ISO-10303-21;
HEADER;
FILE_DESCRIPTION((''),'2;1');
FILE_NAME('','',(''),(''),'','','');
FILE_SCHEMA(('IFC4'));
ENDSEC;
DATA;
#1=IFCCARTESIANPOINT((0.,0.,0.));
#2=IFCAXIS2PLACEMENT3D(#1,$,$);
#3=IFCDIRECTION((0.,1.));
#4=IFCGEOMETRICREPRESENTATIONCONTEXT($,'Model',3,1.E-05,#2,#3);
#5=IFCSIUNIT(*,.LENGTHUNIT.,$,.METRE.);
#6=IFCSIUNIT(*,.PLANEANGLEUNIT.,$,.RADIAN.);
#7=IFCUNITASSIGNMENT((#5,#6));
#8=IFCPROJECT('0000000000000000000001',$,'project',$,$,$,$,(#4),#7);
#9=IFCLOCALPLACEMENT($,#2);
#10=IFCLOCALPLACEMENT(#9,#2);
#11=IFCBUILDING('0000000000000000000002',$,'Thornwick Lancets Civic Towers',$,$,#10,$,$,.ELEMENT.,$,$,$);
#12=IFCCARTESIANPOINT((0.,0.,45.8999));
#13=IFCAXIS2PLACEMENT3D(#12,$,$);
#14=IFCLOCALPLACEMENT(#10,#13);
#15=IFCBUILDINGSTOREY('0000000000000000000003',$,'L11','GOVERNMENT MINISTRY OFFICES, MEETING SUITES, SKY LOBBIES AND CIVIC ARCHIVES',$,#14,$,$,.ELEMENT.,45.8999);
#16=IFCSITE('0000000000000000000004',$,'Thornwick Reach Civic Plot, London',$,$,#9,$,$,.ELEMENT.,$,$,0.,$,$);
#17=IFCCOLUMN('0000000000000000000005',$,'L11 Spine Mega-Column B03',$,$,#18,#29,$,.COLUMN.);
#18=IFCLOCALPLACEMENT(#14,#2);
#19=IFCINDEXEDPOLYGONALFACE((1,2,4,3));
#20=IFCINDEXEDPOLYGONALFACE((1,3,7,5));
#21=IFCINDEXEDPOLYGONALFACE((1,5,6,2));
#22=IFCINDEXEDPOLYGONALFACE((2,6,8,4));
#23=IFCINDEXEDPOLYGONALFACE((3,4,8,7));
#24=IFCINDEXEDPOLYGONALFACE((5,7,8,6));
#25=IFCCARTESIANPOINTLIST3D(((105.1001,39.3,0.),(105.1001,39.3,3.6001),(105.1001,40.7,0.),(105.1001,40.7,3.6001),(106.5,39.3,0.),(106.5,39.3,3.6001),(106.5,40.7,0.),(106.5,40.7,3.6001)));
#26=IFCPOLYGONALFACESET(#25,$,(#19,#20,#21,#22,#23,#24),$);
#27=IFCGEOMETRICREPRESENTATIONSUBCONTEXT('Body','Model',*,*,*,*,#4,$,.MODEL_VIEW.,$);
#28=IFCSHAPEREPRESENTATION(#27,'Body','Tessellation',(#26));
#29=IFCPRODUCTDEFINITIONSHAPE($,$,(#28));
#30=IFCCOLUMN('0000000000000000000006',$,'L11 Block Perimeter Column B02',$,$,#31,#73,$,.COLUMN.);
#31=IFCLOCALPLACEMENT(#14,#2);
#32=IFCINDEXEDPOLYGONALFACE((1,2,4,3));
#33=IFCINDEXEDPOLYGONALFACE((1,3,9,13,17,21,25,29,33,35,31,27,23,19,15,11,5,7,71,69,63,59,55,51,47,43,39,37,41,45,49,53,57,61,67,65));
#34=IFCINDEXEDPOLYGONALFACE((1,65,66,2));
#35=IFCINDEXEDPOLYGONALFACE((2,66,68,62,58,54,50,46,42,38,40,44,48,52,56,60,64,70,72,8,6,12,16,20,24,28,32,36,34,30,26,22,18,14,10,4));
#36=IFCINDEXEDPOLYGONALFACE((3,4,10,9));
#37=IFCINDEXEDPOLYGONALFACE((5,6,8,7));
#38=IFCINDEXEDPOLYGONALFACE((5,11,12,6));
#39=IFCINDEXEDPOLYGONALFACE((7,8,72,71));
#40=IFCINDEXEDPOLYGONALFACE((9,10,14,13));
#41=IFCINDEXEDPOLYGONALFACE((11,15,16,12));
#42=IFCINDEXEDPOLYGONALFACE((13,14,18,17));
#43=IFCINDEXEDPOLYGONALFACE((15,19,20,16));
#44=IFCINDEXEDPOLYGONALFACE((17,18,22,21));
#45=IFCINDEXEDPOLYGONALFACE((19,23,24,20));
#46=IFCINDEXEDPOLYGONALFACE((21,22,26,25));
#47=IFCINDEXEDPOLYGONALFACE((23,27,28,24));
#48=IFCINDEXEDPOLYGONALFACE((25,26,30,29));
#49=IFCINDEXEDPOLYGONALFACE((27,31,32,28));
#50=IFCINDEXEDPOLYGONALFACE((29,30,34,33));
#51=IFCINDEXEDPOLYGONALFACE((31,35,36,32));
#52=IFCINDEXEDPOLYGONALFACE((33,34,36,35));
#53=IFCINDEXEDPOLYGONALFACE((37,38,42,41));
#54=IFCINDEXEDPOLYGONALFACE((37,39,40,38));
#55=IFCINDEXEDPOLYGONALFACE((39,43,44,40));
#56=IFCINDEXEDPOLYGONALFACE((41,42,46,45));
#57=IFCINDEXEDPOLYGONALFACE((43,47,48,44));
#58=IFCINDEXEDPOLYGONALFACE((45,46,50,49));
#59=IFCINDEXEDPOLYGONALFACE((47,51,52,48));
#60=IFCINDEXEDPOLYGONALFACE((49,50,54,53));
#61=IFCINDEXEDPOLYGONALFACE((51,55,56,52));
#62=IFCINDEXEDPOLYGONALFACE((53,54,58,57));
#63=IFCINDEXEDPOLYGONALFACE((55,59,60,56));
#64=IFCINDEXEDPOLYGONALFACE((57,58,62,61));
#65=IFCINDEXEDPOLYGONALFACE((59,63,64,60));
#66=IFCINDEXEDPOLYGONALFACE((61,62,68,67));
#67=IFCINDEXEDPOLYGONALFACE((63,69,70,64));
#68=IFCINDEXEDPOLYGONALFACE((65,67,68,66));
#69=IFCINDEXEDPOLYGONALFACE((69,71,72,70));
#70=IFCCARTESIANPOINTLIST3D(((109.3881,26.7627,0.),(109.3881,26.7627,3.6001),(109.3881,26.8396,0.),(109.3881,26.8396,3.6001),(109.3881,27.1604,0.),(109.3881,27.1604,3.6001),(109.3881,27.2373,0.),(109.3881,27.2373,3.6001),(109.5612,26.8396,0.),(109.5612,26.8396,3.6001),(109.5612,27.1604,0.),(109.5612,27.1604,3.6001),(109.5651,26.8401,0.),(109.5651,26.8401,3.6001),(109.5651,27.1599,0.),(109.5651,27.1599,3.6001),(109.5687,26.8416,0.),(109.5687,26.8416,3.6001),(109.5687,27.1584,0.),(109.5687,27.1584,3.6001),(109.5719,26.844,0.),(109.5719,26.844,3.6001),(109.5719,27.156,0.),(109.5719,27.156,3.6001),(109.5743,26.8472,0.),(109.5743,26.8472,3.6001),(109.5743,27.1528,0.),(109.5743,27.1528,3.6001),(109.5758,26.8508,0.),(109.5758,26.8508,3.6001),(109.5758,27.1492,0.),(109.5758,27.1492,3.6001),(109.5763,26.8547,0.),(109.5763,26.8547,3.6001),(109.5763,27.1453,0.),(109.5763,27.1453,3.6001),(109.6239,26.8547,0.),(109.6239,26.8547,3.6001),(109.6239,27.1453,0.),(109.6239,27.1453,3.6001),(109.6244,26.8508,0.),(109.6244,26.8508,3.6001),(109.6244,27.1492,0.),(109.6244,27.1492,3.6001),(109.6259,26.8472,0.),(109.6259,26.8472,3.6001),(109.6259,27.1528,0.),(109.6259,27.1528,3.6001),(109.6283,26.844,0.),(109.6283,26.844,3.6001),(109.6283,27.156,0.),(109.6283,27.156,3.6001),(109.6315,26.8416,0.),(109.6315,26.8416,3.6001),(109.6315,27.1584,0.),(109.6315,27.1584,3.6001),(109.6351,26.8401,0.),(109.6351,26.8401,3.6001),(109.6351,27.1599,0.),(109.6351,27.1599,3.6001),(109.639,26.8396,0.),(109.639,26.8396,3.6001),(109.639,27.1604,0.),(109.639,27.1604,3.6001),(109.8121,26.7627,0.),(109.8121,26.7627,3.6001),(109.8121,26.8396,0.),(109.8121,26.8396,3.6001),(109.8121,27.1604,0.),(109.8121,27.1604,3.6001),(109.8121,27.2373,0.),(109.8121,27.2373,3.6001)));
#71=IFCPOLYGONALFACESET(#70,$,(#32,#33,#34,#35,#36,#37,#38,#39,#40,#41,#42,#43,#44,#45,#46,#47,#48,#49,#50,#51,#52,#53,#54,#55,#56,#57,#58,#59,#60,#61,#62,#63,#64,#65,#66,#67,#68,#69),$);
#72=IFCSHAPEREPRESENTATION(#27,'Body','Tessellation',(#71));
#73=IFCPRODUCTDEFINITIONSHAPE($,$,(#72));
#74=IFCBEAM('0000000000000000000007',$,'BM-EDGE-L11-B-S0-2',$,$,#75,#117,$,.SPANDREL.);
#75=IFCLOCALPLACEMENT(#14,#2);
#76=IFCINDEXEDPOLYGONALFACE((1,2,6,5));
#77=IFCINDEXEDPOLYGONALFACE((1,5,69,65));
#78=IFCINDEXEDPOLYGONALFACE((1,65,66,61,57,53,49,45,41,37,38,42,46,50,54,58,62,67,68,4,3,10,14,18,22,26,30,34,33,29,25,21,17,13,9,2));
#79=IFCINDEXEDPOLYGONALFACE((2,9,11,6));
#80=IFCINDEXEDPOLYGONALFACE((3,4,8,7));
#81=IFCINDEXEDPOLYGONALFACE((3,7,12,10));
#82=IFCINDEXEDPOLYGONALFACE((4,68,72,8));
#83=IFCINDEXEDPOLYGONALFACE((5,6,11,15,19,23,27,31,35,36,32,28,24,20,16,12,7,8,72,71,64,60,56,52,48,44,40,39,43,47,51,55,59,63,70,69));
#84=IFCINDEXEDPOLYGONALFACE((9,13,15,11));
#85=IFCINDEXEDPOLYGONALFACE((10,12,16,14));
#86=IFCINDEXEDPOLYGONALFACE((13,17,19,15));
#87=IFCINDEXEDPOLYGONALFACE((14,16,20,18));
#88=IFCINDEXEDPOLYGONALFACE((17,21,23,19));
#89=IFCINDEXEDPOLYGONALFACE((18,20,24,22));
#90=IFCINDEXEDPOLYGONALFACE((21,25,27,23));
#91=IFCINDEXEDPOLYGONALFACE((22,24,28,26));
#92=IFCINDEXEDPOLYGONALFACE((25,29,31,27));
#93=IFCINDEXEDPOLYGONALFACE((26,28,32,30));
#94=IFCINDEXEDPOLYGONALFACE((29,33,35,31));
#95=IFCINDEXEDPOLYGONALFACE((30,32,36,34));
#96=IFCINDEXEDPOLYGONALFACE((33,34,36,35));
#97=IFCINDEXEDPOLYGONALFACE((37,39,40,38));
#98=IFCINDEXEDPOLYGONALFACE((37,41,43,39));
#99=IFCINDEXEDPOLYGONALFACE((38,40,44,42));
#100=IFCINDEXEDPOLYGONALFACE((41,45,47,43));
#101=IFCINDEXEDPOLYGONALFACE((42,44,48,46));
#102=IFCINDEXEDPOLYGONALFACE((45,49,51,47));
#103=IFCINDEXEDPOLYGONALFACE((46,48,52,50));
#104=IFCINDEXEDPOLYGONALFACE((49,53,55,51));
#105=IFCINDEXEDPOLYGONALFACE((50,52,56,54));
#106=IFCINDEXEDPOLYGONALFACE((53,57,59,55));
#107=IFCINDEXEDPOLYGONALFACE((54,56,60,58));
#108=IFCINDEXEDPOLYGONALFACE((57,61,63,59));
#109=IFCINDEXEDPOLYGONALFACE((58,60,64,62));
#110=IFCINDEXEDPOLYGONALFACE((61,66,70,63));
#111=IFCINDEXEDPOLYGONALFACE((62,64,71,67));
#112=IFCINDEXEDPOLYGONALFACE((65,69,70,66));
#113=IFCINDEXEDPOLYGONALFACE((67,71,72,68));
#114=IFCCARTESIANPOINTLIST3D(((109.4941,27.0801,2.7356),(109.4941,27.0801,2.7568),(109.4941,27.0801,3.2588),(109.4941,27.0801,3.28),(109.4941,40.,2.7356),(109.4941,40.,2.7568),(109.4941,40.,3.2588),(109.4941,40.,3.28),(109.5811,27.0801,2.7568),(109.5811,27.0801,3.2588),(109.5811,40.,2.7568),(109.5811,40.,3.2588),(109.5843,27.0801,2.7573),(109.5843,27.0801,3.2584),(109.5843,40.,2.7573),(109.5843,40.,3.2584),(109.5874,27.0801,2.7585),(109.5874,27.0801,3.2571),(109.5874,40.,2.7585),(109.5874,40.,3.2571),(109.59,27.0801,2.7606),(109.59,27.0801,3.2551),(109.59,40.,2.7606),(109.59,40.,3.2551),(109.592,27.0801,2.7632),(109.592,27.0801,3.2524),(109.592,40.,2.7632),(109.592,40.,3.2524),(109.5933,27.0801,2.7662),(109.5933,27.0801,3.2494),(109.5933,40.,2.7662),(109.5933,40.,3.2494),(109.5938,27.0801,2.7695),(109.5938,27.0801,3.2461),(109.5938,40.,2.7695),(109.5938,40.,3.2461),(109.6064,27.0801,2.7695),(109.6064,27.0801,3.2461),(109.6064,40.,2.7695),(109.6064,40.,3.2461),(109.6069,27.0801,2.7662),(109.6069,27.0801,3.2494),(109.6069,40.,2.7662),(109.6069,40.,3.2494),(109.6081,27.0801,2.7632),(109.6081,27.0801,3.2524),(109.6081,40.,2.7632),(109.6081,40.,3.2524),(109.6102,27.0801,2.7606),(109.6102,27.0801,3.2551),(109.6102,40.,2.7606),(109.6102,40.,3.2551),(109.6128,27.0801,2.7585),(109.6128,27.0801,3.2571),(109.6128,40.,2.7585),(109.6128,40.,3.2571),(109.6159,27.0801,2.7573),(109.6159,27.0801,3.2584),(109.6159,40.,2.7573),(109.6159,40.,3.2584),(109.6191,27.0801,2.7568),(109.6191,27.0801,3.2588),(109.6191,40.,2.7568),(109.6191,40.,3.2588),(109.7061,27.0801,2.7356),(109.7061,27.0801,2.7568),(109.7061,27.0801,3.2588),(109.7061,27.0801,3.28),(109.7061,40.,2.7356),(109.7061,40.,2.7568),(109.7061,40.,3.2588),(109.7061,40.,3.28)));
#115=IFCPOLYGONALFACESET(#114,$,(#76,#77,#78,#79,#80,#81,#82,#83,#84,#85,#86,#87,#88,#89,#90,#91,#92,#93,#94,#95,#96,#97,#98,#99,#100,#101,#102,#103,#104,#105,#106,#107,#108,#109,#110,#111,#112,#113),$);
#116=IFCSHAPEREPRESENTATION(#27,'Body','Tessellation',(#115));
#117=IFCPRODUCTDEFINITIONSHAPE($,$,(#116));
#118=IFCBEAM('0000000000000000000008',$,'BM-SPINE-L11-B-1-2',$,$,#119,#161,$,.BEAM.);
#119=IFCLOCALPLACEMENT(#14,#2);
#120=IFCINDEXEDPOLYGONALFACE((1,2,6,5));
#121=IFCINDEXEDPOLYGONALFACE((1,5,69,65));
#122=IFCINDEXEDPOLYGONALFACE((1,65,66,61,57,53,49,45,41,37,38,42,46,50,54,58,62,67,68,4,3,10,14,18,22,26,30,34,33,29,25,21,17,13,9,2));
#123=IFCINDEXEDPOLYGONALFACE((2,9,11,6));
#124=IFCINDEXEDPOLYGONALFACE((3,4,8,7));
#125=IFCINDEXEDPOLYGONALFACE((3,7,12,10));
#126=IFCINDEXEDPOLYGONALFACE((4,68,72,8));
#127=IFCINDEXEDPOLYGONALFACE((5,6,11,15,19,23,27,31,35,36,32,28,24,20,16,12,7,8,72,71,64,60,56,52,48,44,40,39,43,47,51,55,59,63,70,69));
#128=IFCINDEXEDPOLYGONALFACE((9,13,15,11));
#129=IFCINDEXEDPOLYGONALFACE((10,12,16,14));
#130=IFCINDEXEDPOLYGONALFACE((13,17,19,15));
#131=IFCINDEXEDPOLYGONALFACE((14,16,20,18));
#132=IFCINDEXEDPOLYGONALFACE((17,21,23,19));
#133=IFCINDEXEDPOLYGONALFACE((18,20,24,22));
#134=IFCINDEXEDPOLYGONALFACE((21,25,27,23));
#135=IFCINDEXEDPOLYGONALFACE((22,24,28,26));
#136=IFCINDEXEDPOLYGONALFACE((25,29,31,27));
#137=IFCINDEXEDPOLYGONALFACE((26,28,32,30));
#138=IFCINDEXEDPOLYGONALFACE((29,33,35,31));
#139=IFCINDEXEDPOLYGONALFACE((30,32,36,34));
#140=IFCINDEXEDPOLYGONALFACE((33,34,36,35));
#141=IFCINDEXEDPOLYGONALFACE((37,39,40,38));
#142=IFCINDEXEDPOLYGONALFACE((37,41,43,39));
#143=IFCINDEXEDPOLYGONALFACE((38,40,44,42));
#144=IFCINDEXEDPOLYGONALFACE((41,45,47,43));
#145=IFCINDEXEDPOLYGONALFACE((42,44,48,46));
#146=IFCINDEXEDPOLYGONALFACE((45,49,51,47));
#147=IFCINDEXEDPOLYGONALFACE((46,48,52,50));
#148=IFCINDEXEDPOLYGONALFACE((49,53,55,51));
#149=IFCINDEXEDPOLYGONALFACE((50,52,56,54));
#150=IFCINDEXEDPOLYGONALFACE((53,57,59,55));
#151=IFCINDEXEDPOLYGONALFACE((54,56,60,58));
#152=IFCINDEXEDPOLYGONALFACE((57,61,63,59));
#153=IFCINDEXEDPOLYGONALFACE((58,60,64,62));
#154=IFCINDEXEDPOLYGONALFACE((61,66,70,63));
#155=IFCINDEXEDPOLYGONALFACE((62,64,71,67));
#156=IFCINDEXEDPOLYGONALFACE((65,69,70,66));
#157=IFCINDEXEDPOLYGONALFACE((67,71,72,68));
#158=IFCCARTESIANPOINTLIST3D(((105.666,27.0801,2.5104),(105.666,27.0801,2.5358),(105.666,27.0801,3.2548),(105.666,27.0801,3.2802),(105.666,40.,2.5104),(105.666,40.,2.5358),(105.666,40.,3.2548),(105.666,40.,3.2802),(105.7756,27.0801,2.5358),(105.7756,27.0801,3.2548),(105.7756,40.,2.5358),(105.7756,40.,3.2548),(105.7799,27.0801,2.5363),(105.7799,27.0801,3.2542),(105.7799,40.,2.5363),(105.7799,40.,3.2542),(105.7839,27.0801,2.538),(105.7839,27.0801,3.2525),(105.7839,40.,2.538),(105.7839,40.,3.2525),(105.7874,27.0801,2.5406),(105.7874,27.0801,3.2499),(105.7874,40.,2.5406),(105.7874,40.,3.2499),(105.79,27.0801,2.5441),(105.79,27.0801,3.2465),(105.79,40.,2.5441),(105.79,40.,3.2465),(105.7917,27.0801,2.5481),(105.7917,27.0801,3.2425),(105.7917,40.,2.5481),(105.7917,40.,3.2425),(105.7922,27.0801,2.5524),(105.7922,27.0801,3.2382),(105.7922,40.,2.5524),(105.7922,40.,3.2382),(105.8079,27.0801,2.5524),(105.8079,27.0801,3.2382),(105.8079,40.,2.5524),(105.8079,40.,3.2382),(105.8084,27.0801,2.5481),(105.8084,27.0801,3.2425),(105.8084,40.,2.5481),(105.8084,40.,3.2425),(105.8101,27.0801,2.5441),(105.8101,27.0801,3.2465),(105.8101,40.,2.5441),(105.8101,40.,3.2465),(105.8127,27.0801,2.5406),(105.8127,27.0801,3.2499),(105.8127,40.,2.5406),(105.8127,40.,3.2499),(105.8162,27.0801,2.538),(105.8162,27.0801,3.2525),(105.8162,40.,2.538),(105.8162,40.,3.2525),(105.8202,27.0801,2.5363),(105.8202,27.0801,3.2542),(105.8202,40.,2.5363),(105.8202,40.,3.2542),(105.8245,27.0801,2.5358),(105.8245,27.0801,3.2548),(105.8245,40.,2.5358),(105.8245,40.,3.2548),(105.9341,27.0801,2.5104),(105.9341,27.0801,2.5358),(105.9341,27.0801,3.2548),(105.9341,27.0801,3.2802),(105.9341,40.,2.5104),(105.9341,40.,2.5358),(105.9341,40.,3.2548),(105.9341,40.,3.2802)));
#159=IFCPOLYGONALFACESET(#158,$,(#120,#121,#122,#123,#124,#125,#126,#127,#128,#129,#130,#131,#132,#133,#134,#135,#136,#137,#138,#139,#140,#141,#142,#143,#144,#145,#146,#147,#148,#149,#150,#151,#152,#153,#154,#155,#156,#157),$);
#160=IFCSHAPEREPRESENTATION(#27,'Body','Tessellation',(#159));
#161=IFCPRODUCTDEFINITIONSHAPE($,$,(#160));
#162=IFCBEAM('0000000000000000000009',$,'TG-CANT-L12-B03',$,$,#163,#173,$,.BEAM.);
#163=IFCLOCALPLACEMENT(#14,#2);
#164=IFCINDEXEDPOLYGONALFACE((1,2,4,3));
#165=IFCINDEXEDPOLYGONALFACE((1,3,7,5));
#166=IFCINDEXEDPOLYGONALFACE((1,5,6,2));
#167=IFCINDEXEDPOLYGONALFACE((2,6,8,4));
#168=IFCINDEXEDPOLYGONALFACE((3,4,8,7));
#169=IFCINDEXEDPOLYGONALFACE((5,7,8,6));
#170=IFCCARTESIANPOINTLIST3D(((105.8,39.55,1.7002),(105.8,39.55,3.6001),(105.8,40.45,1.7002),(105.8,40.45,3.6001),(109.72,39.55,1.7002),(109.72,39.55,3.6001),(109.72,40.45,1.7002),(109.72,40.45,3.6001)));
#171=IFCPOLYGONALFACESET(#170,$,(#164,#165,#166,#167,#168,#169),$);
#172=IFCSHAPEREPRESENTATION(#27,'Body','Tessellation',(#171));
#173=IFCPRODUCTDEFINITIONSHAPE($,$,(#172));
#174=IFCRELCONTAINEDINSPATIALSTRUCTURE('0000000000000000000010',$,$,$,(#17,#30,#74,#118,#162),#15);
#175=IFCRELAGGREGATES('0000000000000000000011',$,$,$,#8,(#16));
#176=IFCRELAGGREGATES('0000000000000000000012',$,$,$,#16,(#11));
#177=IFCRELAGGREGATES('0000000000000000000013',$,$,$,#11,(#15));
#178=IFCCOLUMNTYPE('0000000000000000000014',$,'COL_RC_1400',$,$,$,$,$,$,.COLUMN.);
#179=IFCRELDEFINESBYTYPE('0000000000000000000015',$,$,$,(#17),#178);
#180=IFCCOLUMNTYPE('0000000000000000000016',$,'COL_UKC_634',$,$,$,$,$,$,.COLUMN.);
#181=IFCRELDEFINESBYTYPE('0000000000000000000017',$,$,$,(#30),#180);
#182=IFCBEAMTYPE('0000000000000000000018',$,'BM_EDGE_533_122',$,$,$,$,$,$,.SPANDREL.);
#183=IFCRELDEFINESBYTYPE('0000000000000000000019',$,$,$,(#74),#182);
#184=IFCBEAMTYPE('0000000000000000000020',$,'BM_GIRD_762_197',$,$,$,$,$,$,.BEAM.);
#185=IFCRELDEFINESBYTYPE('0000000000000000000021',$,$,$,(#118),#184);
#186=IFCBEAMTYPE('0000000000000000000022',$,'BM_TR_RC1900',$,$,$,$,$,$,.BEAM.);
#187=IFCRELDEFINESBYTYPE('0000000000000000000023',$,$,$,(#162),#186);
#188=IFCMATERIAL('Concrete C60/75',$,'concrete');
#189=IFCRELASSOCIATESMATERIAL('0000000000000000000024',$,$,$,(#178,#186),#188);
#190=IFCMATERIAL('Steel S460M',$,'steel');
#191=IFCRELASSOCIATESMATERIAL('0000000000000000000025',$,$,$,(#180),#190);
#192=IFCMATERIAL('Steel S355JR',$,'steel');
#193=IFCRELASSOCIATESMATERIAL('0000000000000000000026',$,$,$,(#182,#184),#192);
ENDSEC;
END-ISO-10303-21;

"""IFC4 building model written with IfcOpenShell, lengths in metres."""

from ifc_helpers import new_model, si_unit, direction, frame, origin, origin_2d, place, context, subcontext, project, spatial, rectangle, i_section, extrude, material, material_profile, profile_set, type_object, element, save


model = new_model("IFC4")

# Units and contexts
model_context = context("Model", 3, precision=1e-05, world=origin(), true_north=direction((0.0, 1.0)))
body_context = subcontext(model_context, "Body", "Model", "MODEL_VIEW")
ifc_project = project(units=[si_unit("LENGTHUNIT", "METRE"), si_unit("PLANEANGLEUNIT", "RADIAN")], contexts=[model_context])

# Site, building, storey
site_placement = place(None, origin())
site = spatial("IfcSite", under=ifc_project, at=site_placement, Name="Thornwick Reach Civic Plot, London", CompositionType="ELEMENT", RefElevation=0.0)
building_placement = place(site_placement, origin())
building = spatial("IfcBuilding", under=site, at=building_placement, Name="Thornwick Lancets Civic Towers", CompositionType="ELEMENT")
storey_placement = place(building_placement, frame((0.0, 0.0, 45.8999)))
storey = spatial("IfcBuildingStorey", under=building, at=storey_placement, Name="L11", Description="GOVERNMENT MINISTRY OFFICES, MEETING SUITES, SKY LOBBIES AND CIVIC ARCHIVES", CompositionType="ELEMENT", Elevation=45.8999)

# Columns
ifc_material_1 = material(Name="Concrete C60/75", Category="concrete")
ifc_material_profile_1 = material_profile(ifc_material_1, rectangle(XDim=1.3999, YDim=1.3999, at=origin_2d()), Name="RC 1400x1400")
ifc_profile_set_1 = profile_set([ifc_material_profile_1], Name="Concrete C60/75")
column_type_1 = type_object("IfcColumnType", Name="COL_RC_1400", PredefinedType="COLUMN", material=ifc_profile_set_1)
column_1_placement = place(storey_placement, frame((105.8, 40.0, 0.0), z_axis=(0.0, 0.0, 1.0), x_axis=(1.0, 0.0, 0.0)))
element("IfcColumn", 1, at=column_1_placement, inside=storey, type_object=column_type_1, Name="L11 Spine Mega-Column B03", PredefinedType="COLUMN", context=body_context, shape_type="SweptSolid", body=[
    extrude(rectangle(XDim=1.3999, YDim=1.3999, at=origin_2d()), origin(), (0.0, 0.0, 1.0), 3.6001),
])
ifc_material_2 = material(Name="Steel S460M", Category="steel")
ifc_material_profile_2 = material_profile(ifc_material_2, i_section(OverallWidth=0.4241, OverallDepth=0.4746, WebThickness=0.0476, FlangeThickness=0.0769, FilletRadius=0.0151, at=origin_2d()), Name="UKC 356x406x634")
ifc_profile_set_2 = profile_set([ifc_material_profile_2], Name="Steel S460M")
column_type_2 = type_object("IfcColumnType", Name="COL_UKC_634", PredefinedType="COLUMN", material=ifc_profile_set_2)
column_2_placement = place(storey_placement, frame((109.6001, 27.0, 0.0), z_axis=(0.0, 0.0, 1.0), x_axis=(1.0, 0.0, 0.0)))
element("IfcColumn", 2, at=column_2_placement, inside=storey, type_object=column_type_2, Name="L11 Block Perimeter Column B02", PredefinedType="COLUMN", context=body_context, shape_type="SweptSolid", body=[
    extrude(i_section(OverallWidth=0.4241, OverallDepth=0.4746, WebThickness=0.0476, FlangeThickness=0.0769, FilletRadius=0.0151, at=origin_2d()), origin(), (0.0, 0.0, 1.0), 3.6001),
])

# Beams
ifc_material_3 = material(Name="Steel S355JR", Category="steel")
ifc_material_profile_3 = material_profile(ifc_material_3, i_section(OverallWidth=0.2119, OverallDepth=0.5444, WebThickness=0.0127, FlangeThickness=0.0212, FilletRadius=0.0127, at=origin_2d()), Name="UKB 533x210x122")
ifc_profile_set_3 = profile_set([ifc_material_profile_3], Name="Steel S355JR")
beam_type_1 = type_object("IfcBeamType", Name="BM_EDGE_533_122", PredefinedType="SPANDREL", material=ifc_profile_set_3)
beam_1_placement = place(storey_placement, frame((109.6001, 27.0801, 3.0078), z_axis=(0.0, 1.0, 0.0), x_axis=(-1.0, 0.0, 0.0)))
element("IfcBeam", 3, at=beam_1_placement, inside=storey, type_object=beam_type_1, Name="BM-EDGE-L11-B-S0-2", PredefinedType="SPANDREL", context=body_context, shape_type="SweptSolid", body=[
    extrude(i_section(OverallWidth=0.2119, OverallDepth=0.5444, WebThickness=0.0127, FlangeThickness=0.0212, FilletRadius=0.0127, at=origin_2d()), origin(), (0.0, 0.0, 1.0), 12.9199),
])
ifc_material_profile_4 = material_profile(ifc_material_3, i_section(OverallWidth=0.2681, OverallDepth=0.7698, WebThickness=0.0156, FlangeThickness=0.0254, FilletRadius=0.0166, at=origin_2d()), Name="UKB 762x267x197")
ifc_profile_set_4 = profile_set([ifc_material_profile_4], Name="Steel S355JR")
beam_type_2 = type_object("IfcBeamType", Name="BM_GIRD_762_197", PredefinedType="BEAM", material=ifc_profile_set_4)
beam_2_placement = place(storey_placement, frame((105.8, 27.0801, 2.8953), z_axis=(0.0, 1.0, 0.0), x_axis=(-1.0, 0.0, 0.0)))
element("IfcBeam", 4, at=beam_2_placement, inside=storey, type_object=beam_type_2, Name="BM-SPINE-L11-B-1-2", PredefinedType="BEAM", context=body_context, shape_type="SweptSolid", body=[
    extrude(i_section(OverallWidth=0.2681, OverallDepth=0.7698, WebThickness=0.0156, FlangeThickness=0.0254, FilletRadius=0.0166, at=origin_2d()), origin(), (0.0, 0.0, 1.0), 12.9199),
])
ifc_material_profile_5 = material_profile(ifc_material_1, rectangle(XDim=0.8999, YDim=1.8999, at=origin_2d()), Name="RC 900x1900")
ifc_profile_set_5 = profile_set([ifc_material_profile_5], Name="Concrete C60/75")
beam_type_3 = type_object("IfcBeamType", Name="BM_TR_RC1900", PredefinedType="BEAM", material=ifc_profile_set_5)
beam_3_placement = place(storey_placement, frame((105.8, 40.0, 2.6501), z_axis=(1.0, 0.0, 0.0), x_axis=(0.0, 1.0, 0.0)))
element("IfcBeam", 5, at=beam_3_placement, inside=storey, type_object=beam_type_3, Name="TG-CANT-L12-B03", PredefinedType="BEAM", context=body_context, shape_type="SweptSolid", body=[
    extrude(rectangle(XDim=0.8999, YDim=1.8999, at=origin_2d()), origin(), (0.0, 0.0, 1.0), 3.9199),
])

save(model, "model.ifc")
